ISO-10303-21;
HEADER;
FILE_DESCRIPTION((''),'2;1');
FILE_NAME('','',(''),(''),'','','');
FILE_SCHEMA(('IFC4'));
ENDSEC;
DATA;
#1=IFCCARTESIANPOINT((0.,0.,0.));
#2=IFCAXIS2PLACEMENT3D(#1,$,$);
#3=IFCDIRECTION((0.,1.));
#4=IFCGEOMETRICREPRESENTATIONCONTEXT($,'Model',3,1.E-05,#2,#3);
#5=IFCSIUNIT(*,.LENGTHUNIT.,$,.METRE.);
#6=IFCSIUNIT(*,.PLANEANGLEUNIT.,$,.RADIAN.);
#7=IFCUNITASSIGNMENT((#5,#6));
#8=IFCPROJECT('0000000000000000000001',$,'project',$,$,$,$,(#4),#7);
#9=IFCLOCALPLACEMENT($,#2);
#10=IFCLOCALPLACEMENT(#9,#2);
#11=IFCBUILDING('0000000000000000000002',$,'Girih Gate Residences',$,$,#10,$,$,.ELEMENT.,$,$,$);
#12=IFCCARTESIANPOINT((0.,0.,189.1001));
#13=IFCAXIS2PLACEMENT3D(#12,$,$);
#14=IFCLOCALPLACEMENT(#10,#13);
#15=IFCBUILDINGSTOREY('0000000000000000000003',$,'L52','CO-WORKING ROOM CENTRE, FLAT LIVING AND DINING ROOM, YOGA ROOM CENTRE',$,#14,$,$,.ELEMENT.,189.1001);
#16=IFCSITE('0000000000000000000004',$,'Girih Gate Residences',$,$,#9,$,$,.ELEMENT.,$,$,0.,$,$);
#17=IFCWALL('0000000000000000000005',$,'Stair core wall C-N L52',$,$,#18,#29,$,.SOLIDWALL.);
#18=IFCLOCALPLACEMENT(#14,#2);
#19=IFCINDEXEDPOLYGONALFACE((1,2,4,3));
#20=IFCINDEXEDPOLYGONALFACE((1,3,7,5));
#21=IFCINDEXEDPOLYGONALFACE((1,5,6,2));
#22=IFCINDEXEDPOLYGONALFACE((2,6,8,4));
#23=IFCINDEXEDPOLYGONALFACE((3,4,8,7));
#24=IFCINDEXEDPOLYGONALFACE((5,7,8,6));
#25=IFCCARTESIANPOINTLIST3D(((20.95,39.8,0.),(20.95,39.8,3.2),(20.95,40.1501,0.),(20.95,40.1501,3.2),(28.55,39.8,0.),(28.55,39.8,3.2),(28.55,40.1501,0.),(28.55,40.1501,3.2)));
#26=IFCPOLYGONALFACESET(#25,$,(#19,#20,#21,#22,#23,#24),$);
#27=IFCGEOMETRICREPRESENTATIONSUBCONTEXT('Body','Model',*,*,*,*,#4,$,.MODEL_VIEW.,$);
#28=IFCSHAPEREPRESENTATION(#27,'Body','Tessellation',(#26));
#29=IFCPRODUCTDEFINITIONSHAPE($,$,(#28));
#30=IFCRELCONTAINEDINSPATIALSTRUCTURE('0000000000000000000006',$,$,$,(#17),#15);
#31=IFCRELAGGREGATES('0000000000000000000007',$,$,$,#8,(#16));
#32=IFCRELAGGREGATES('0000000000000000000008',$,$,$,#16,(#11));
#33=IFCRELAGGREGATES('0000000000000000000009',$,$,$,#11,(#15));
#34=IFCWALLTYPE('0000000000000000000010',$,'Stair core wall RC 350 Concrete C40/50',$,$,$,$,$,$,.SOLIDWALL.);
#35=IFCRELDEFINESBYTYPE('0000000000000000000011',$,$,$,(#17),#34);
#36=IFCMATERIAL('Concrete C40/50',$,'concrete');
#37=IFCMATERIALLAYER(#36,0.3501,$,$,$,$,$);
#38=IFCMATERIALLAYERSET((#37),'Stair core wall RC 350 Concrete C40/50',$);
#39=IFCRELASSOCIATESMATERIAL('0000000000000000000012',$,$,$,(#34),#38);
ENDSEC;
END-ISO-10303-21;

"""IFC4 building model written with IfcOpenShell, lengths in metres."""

from ifc_helpers import new_model, si_unit, direction, frame, frame_2d, origin, place, context, subcontext, project, spatial, rectangle, extrude, material, layer, layer_set, type_object, element, save


model = new_model("IFC4")

# Units and contexts
model_context = context("Model", 3, precision=1e-05, world=origin(), true_north=direction((0.0, 1.0)))
body_context = subcontext(model_context, "Body", "Model", "MODEL_VIEW")
ifc_project = project(units=[si_unit("LENGTHUNIT", "METRE"), si_unit("PLANEANGLEUNIT", "RADIAN")], contexts=[model_context])

# Site, building, storey
site_placement = place(None, origin())
site = spatial("IfcSite", under=ifc_project, at=site_placement, Name="Girih Gate Residences", CompositionType="ELEMENT", RefElevation=0.0)
building_placement = place(site_placement, origin())
building = spatial("IfcBuilding", under=site, at=building_placement, Name="Girih Gate Residences", CompositionType="ELEMENT")
storey_placement = place(building_placement, frame((0.0, 0.0, 189.1001)))
storey = spatial("IfcBuildingStorey", under=building, at=storey_placement, Name="L52", Description="CO-WORKING ROOM CENTRE, FLAT LIVING AND DINING ROOM, YOGA ROOM CENTRE", CompositionType="ELEMENT", Elevation=189.1001)

# Shared definitions
ifc_material_1 = material(Name="Concrete C40/50", Category="concrete")

# Wall
ifc_layer_1 = layer(ifc_material_1, 0.3501)
ifc_layer_set_1 = layer_set([ifc_layer_1], Name="Stair core wall RC 350 Concrete C40/50")
wall_type_1 = type_object("IfcWallType", Name="Stair core wall RC 350 Concrete C40/50", PredefinedType="SOLIDWALL", material=ifc_layer_set_1)
wall_1_placement = place(storey_placement, frame((20.95, 39.9751, 0.0), z_axis=(0.0, 0.0, 1.0), x_axis=(1.0, 0.0, 0.0)))
element("IfcWall", 1, at=wall_1_placement, inside=storey, type_object=wall_type_1, Name="Stair core wall C-N L52", PredefinedType="SOLIDWALL", context=body_context, shape_type="SweptSolid", body=[
    extrude(rectangle(XDim=7.6001, YDim=0.3501, at=frame_2d((3.8, 0.0))), origin(), (0.0, 0.0, 1.0), 3.2),
])

save(model, "model.ifc")
